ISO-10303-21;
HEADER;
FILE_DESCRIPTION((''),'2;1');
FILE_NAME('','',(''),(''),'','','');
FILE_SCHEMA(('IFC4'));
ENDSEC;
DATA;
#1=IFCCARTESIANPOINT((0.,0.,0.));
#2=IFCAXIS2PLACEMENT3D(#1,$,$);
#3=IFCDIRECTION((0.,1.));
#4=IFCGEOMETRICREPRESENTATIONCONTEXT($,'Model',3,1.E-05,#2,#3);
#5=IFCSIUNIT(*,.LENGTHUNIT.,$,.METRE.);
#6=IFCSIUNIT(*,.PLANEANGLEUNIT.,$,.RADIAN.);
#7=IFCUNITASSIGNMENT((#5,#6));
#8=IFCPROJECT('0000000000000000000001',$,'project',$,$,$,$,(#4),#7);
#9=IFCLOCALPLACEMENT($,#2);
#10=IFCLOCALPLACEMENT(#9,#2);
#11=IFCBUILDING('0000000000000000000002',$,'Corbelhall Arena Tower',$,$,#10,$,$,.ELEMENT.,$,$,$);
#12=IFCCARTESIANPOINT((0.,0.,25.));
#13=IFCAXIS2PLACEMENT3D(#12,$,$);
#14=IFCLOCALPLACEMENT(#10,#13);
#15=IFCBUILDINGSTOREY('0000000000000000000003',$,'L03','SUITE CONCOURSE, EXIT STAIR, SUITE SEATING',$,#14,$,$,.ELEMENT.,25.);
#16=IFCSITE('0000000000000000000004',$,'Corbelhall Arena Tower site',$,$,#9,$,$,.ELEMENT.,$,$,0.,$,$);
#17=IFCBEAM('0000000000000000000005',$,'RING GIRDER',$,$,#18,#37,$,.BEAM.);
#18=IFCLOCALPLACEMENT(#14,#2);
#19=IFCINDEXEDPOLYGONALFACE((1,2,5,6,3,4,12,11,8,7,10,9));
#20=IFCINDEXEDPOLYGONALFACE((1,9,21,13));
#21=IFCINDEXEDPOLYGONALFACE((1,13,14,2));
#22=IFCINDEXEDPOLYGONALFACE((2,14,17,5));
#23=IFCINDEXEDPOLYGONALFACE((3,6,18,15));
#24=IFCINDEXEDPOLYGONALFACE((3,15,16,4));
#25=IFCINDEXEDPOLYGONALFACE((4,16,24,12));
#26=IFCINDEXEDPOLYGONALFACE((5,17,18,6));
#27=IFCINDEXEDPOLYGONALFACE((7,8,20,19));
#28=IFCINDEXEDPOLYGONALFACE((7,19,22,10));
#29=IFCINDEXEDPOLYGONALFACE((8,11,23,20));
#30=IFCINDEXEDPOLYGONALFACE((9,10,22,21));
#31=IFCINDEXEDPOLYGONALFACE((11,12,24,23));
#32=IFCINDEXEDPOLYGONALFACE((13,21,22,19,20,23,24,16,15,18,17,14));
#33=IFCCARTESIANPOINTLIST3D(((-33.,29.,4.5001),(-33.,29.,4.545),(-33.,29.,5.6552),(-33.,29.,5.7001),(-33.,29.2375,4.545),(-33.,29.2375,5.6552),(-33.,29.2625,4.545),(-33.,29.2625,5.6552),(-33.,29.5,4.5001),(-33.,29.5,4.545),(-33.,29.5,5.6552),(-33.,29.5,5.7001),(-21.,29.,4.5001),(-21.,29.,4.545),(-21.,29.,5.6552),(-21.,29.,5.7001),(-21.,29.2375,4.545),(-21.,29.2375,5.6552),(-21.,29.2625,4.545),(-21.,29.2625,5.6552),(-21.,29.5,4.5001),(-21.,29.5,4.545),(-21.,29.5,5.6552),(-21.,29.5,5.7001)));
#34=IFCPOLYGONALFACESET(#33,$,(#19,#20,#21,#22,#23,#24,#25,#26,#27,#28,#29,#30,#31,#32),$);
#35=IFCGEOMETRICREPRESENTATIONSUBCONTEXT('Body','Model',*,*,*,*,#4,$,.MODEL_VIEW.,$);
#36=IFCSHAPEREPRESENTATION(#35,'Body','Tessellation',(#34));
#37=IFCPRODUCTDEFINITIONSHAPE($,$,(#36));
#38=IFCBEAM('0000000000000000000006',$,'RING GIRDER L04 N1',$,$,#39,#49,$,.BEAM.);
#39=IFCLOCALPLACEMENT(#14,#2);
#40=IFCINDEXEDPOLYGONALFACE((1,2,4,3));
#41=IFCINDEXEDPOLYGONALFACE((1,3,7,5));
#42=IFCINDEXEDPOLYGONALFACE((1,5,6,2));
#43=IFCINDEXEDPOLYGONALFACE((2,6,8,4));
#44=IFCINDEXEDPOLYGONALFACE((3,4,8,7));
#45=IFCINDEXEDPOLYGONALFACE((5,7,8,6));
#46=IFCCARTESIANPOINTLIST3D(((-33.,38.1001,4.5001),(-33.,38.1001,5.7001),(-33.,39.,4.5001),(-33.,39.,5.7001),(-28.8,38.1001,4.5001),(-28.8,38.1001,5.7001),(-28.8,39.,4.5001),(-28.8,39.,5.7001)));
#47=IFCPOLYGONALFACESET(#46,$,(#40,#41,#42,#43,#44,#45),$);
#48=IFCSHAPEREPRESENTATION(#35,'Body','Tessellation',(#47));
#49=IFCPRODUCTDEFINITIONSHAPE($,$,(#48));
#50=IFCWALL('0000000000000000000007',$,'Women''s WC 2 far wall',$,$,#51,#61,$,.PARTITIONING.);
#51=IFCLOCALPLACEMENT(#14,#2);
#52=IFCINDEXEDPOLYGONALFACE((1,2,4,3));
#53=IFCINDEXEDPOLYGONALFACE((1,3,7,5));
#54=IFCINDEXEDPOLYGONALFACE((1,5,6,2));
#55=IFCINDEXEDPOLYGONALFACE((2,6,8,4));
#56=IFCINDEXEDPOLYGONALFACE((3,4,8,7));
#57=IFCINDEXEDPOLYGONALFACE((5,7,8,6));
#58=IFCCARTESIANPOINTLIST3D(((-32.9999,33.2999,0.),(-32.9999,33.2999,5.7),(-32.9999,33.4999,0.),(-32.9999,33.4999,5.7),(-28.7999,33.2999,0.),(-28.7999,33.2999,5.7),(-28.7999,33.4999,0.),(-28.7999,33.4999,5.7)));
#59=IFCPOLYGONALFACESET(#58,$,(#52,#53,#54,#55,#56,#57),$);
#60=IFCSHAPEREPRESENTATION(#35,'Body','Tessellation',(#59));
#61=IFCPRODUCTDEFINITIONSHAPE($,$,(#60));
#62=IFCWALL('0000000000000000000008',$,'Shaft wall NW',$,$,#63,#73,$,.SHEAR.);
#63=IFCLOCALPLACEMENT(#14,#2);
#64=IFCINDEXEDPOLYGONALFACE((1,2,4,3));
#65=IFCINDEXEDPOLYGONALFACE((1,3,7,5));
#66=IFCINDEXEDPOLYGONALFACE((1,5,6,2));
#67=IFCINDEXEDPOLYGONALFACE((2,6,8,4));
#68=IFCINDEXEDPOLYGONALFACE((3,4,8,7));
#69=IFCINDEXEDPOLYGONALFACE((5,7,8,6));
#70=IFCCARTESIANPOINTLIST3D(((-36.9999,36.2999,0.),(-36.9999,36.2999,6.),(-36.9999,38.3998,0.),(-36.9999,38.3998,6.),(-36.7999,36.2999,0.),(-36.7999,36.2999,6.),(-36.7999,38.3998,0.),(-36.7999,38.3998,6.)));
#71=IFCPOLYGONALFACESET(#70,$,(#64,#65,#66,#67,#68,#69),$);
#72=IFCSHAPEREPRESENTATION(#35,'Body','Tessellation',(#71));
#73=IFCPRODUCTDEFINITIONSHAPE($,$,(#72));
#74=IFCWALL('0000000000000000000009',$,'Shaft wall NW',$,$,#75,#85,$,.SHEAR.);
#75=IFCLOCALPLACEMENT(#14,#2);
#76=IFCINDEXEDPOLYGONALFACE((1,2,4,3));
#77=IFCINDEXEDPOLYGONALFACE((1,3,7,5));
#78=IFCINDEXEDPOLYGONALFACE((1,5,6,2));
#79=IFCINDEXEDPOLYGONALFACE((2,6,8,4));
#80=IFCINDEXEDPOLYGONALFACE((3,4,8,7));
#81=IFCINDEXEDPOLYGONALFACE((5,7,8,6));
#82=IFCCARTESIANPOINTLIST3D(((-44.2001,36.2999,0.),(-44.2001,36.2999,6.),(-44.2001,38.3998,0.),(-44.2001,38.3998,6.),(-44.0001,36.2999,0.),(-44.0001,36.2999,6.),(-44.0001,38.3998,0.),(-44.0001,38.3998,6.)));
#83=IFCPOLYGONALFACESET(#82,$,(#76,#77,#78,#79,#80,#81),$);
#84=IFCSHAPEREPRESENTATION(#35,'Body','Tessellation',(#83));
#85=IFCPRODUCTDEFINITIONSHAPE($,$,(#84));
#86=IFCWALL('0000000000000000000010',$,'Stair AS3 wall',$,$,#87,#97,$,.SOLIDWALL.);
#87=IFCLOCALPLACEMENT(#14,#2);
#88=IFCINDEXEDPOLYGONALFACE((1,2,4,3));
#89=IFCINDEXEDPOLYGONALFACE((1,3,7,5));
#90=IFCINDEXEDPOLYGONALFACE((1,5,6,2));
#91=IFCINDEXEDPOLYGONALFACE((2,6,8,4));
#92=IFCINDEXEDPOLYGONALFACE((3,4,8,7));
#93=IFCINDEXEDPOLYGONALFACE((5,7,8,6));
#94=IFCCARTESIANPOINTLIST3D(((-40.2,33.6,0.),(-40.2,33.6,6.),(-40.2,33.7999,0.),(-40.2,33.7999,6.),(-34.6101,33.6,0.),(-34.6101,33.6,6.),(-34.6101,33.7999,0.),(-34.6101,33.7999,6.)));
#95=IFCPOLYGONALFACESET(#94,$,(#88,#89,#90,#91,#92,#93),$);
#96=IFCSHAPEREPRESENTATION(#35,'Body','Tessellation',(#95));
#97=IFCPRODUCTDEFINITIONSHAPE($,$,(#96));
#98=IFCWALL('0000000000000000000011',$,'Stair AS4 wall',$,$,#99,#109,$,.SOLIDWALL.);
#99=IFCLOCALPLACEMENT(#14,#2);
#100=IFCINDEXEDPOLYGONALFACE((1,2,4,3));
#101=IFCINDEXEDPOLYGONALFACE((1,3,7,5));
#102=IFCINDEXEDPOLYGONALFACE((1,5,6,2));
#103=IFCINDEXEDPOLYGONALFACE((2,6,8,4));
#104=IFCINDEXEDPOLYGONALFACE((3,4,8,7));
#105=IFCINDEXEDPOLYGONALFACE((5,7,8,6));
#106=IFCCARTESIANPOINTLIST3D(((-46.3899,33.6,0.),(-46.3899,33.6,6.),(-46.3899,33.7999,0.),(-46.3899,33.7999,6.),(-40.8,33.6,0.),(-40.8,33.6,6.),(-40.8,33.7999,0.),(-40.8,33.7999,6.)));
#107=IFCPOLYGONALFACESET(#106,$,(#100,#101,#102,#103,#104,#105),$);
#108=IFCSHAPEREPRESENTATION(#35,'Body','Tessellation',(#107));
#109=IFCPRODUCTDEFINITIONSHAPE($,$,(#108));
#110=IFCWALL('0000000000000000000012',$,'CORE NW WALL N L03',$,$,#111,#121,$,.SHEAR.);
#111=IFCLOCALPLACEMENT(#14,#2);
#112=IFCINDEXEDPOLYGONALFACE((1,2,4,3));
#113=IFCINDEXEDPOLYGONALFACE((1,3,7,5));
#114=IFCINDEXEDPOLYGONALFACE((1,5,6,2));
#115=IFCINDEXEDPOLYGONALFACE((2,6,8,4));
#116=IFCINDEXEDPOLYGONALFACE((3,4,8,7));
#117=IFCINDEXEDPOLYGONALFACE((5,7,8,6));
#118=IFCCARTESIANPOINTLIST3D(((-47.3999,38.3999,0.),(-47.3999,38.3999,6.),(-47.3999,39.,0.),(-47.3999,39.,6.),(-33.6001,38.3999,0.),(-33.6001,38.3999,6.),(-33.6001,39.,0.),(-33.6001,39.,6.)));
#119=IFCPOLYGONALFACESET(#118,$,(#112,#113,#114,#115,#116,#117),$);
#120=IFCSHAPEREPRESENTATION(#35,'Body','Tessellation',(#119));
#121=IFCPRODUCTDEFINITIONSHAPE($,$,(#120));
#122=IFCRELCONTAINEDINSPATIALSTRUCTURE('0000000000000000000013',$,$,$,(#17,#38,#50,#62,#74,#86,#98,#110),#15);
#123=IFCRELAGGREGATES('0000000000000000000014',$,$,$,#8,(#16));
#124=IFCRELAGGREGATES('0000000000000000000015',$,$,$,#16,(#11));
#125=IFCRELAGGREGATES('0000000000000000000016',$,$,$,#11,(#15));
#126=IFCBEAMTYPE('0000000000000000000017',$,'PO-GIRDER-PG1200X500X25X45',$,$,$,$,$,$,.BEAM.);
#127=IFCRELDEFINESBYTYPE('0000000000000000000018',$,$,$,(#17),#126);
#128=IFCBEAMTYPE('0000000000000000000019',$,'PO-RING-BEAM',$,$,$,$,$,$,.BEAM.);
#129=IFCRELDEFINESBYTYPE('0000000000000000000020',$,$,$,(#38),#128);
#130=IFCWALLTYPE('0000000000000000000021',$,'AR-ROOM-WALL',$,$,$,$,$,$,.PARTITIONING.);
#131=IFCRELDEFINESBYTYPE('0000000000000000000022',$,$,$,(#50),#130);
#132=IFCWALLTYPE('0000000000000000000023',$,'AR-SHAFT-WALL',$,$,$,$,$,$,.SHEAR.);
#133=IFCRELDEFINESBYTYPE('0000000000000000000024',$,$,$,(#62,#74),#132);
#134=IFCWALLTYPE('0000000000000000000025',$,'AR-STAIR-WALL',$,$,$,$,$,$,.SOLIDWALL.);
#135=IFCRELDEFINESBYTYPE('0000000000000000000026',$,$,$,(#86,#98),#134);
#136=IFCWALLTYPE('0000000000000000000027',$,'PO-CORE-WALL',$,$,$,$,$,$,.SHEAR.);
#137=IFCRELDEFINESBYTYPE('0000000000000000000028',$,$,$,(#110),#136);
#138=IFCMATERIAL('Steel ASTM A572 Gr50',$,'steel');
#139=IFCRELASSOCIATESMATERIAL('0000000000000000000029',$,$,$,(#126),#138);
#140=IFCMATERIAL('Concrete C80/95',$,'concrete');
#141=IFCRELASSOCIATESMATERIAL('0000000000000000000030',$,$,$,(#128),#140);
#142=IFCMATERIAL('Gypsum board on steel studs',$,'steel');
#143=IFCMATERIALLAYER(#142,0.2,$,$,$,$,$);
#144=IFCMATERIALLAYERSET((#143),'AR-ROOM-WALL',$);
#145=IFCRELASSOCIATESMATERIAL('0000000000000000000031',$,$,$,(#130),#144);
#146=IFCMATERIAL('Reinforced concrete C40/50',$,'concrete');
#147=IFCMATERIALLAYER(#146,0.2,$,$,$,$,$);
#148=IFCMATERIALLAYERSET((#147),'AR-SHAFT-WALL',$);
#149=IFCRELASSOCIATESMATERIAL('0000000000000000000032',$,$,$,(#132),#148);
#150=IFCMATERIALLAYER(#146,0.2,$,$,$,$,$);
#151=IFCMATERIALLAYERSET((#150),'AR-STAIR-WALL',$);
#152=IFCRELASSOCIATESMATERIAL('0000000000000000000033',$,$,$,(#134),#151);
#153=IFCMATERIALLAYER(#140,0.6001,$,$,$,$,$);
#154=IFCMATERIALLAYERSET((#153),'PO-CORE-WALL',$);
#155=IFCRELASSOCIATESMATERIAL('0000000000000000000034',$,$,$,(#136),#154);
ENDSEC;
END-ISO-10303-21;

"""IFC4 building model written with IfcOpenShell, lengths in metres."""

from ifc_helpers import new_model, si_unit, direction, frame, frame_2d, origin, origin_2d, place, context, subcontext, project, spatial, rectangle, i_section, extrude, material, layer, layer_set, material_profile, profile_set, type_object, element, save


model = new_model("IFC4")

# Units and contexts
model_context = context("Model", 3, precision=1e-05, world=origin(), true_north=direction((0.0, 1.0)))
body_context = subcontext(model_context, "Body", "Model", "MODEL_VIEW")
ifc_project = project(units=[si_unit("LENGTHUNIT", "METRE"), si_unit("PLANEANGLEUNIT", "RADIAN")], contexts=[model_context])

# Site, building, storey
site_placement = place(None, origin())
site = spatial("IfcSite", under=ifc_project, at=site_placement, Name="Corbelhall Arena Tower site", CompositionType="ELEMENT", RefElevation=0.0)
building_placement = place(site_placement, origin())
building = spatial("IfcBuilding", under=site, at=building_placement, Name="Corbelhall Arena Tower", CompositionType="ELEMENT")
storey_placement = place(building_placement, frame((0.0, 0.0, 25.0)))
storey = spatial("IfcBuildingStorey", under=building, at=storey_placement, Name="L03", Description="SUITE CONCOURSE, EXIT STAIR, SUITE SEATING", CompositionType="ELEMENT", Elevation=25.0)

# Beams
ifc_material_1 = material(Name="Steel ASTM A572 Gr50", Category="steel")
ifc_material_profile_1 = material_profile(ifc_material_1, i_section(OverallWidth=0.5, OverallDepth=1.2, WebThickness=0.0249, FlangeThickness=0.0449, at=origin_2d()))
ifc_profile_set_1 = profile_set([ifc_material_profile_1], Name="Steel ASTM A572 Gr50")
beam_type_1 = type_object("IfcBeamType", Name="PO-GIRDER-PG1200X500X25X45", PredefinedType="BEAM", material=ifc_profile_set_1)
beam_1_placement = place(storey_placement, frame((-33.0, 29.25, 5.1001), z_axis=(1.0, 0.0, 0.0), x_axis=(0.0, 1.0, 0.0)))
element("IfcBeam", 1, at=beam_1_placement, inside=storey, type_object=beam_type_1, Name="RING GIRDER", PredefinedType="BEAM", context=body_context, shape_type="SweptSolid", body=[
    extrude(i_section(OverallWidth=0.5, OverallDepth=1.2, WebThickness=0.0249, FlangeThickness=0.0449, at=origin_2d()), origin(), (0.0, 0.0, 1.0), 12.0),
])
ifc_material_2 = material(Name="Concrete C80/95", Category="concrete")
ifc_material_profile_2 = material_profile(ifc_material_2, rectangle(XDim=0.8999, YDim=1.2, at=origin_2d()))
ifc_profile_set_2 = profile_set([ifc_material_profile_2], Name="Concrete C80/95")
beam_type_2 = type_object("IfcBeamType", Name="PO-RING-BEAM", PredefinedType="BEAM", material=ifc_profile_set_2)
beam_2_placement = place(storey_placement, frame((-33.0, 38.55, 5.1001), z_axis=(1.0, 0.0, 0.0), x_axis=(0.0, 1.0, 0.0)))
element("IfcBeam", 2, at=beam_2_placement, inside=storey, type_object=beam_type_2, Name="RING GIRDER L04 N1", PredefinedType="BEAM", context=body_context, shape_type="SweptSolid", body=[
    extrude(rectangle(XDim=0.8999, YDim=1.2, at=origin_2d()), origin(), (0.0, 0.0, 1.0), 4.2),
])

# Shared definitions
ifc_material_3 = material(Name="Gypsum board on steel studs", Category="steel")
ifc_layer_1 = layer(ifc_material_3, 0.2)
ifc_layer_set_1 = layer_set([ifc_layer_1], Name="AR-ROOM-WALL")
wall_type_1 = type_object("IfcWallType", Name="AR-ROOM-WALL", PredefinedType="PARTITIONING", material=ifc_layer_set_1)

# Wall
wall_1_placement = place(storey_placement, frame((-33.0, 33.3999, 0.0), z_axis=(0.0, 0.0, 1.0), x_axis=(1.0, 0.0, 0.0)))
element("IfcWall", 3, at=wall_1_placement, inside=storey, type_object=wall_type_1, Name="Women's WC 2 far wall", PredefinedType="PARTITIONING", context=body_context, shape_type="SweptSolid", body=[
    extrude(rectangle(XDim=4.2, YDim=0.2, at=frame_2d((2.1001, 0.0))), origin(), (0.0, 0.0, 1.0), 5.7),
])

# Shared definitions
ifc_material_4 = material(Name="Reinforced concrete C40/50", Category="concrete")
ifc_layer_2 = layer(ifc_material_4, 0.2)
ifc_layer_set_2 = layer_set([ifc_layer_2], Name="AR-SHAFT-WALL")
wall_type_2 = type_object("IfcWallType", Name="AR-SHAFT-WALL", PredefinedType="SHEAR", material=ifc_layer_set_2)

# Walls
for number, where, z_axis, x_axis, name in (
    (4, (-36.8999, 36.3, 0.0), (0.0, 0.0, 1.0), (0.0, 1.0, 0.0), "Shaft wall NW"),
    (5, (-44.1001, 36.3, 0.0), (0.0, 0.0, 1.0), (0.0, 1.0, 0.0), "Shaft wall NW"),
):
    element("IfcWall", number, at=place(storey_placement, frame(where, z_axis=z_axis, x_axis=x_axis)), inside=storey, type_object=wall_type_2, Name=name, PredefinedType="SHEAR", context=body_context, shape_type="SweptSolid", body=[
        extrude(rectangle(XDim=2.0999, YDim=0.2, at=frame_2d((1.0498, 0.0))), origin(), (0.0, 0.0, 1.0), 6.0),
    ])
ifc_layer_3 = layer(ifc_material_4, 0.2)
ifc_layer_set_3 = layer_set([ifc_layer_3], Name="AR-STAIR-WALL")
wall_type_3 = type_object("IfcWallType", Name="AR-STAIR-WALL", PredefinedType="SOLIDWALL", material=ifc_layer_set_3)
for number, where, z_axis, x_axis, name in (
    (6, (-40.2, 33.7, 0.0), (0.0, 0.0, 1.0), (1.0, 0.0, 0.0), "Stair AS3 wall"),
    (7, (-46.3899, 33.7, 0.0), (0.0, 0.0, 1.0), (1.0, 0.0, 0.0), "Stair AS4 wall"),
):
    element("IfcWall", number, at=place(storey_placement, frame(where, z_axis=z_axis, x_axis=x_axis)), inside=storey, type_object=wall_type_3, Name=name, PredefinedType="SOLIDWALL", context=body_context, shape_type="SweptSolid", body=[
        extrude(rectangle(XDim=5.5898, YDim=0.2, at=frame_2d((2.7949, 0.0))), origin(), (0.0, 0.0, 1.0), 6.0),
    ])
ifc_layer_4 = layer(ifc_material_2, 0.6001)
ifc_layer_set_4 = layer_set([ifc_layer_4], Name="PO-CORE-WALL")
wall_type_4 = type_object("IfcWallType", Name="PO-CORE-WALL", PredefinedType="SHEAR", material=ifc_layer_set_4)
wall_2_placement = place(storey_placement, frame((-47.3999, 38.7, 0.0), z_axis=(0.0, 0.0, 1.0), x_axis=(1.0, 0.0, 0.0)))
element("IfcWall", 8, at=wall_2_placement, inside=storey, type_object=wall_type_4, Name="CORE NW WALL N L03", PredefinedType="SHEAR", context=body_context, shape_type="SweptSolid", body=[
    extrude(rectangle(XDim=13.7998, YDim=0.6001, at=frame_2d((6.8999, 0.0))), origin(), (0.0, 0.0, 1.0), 6.0),
])

save(model, "model.ifc")
